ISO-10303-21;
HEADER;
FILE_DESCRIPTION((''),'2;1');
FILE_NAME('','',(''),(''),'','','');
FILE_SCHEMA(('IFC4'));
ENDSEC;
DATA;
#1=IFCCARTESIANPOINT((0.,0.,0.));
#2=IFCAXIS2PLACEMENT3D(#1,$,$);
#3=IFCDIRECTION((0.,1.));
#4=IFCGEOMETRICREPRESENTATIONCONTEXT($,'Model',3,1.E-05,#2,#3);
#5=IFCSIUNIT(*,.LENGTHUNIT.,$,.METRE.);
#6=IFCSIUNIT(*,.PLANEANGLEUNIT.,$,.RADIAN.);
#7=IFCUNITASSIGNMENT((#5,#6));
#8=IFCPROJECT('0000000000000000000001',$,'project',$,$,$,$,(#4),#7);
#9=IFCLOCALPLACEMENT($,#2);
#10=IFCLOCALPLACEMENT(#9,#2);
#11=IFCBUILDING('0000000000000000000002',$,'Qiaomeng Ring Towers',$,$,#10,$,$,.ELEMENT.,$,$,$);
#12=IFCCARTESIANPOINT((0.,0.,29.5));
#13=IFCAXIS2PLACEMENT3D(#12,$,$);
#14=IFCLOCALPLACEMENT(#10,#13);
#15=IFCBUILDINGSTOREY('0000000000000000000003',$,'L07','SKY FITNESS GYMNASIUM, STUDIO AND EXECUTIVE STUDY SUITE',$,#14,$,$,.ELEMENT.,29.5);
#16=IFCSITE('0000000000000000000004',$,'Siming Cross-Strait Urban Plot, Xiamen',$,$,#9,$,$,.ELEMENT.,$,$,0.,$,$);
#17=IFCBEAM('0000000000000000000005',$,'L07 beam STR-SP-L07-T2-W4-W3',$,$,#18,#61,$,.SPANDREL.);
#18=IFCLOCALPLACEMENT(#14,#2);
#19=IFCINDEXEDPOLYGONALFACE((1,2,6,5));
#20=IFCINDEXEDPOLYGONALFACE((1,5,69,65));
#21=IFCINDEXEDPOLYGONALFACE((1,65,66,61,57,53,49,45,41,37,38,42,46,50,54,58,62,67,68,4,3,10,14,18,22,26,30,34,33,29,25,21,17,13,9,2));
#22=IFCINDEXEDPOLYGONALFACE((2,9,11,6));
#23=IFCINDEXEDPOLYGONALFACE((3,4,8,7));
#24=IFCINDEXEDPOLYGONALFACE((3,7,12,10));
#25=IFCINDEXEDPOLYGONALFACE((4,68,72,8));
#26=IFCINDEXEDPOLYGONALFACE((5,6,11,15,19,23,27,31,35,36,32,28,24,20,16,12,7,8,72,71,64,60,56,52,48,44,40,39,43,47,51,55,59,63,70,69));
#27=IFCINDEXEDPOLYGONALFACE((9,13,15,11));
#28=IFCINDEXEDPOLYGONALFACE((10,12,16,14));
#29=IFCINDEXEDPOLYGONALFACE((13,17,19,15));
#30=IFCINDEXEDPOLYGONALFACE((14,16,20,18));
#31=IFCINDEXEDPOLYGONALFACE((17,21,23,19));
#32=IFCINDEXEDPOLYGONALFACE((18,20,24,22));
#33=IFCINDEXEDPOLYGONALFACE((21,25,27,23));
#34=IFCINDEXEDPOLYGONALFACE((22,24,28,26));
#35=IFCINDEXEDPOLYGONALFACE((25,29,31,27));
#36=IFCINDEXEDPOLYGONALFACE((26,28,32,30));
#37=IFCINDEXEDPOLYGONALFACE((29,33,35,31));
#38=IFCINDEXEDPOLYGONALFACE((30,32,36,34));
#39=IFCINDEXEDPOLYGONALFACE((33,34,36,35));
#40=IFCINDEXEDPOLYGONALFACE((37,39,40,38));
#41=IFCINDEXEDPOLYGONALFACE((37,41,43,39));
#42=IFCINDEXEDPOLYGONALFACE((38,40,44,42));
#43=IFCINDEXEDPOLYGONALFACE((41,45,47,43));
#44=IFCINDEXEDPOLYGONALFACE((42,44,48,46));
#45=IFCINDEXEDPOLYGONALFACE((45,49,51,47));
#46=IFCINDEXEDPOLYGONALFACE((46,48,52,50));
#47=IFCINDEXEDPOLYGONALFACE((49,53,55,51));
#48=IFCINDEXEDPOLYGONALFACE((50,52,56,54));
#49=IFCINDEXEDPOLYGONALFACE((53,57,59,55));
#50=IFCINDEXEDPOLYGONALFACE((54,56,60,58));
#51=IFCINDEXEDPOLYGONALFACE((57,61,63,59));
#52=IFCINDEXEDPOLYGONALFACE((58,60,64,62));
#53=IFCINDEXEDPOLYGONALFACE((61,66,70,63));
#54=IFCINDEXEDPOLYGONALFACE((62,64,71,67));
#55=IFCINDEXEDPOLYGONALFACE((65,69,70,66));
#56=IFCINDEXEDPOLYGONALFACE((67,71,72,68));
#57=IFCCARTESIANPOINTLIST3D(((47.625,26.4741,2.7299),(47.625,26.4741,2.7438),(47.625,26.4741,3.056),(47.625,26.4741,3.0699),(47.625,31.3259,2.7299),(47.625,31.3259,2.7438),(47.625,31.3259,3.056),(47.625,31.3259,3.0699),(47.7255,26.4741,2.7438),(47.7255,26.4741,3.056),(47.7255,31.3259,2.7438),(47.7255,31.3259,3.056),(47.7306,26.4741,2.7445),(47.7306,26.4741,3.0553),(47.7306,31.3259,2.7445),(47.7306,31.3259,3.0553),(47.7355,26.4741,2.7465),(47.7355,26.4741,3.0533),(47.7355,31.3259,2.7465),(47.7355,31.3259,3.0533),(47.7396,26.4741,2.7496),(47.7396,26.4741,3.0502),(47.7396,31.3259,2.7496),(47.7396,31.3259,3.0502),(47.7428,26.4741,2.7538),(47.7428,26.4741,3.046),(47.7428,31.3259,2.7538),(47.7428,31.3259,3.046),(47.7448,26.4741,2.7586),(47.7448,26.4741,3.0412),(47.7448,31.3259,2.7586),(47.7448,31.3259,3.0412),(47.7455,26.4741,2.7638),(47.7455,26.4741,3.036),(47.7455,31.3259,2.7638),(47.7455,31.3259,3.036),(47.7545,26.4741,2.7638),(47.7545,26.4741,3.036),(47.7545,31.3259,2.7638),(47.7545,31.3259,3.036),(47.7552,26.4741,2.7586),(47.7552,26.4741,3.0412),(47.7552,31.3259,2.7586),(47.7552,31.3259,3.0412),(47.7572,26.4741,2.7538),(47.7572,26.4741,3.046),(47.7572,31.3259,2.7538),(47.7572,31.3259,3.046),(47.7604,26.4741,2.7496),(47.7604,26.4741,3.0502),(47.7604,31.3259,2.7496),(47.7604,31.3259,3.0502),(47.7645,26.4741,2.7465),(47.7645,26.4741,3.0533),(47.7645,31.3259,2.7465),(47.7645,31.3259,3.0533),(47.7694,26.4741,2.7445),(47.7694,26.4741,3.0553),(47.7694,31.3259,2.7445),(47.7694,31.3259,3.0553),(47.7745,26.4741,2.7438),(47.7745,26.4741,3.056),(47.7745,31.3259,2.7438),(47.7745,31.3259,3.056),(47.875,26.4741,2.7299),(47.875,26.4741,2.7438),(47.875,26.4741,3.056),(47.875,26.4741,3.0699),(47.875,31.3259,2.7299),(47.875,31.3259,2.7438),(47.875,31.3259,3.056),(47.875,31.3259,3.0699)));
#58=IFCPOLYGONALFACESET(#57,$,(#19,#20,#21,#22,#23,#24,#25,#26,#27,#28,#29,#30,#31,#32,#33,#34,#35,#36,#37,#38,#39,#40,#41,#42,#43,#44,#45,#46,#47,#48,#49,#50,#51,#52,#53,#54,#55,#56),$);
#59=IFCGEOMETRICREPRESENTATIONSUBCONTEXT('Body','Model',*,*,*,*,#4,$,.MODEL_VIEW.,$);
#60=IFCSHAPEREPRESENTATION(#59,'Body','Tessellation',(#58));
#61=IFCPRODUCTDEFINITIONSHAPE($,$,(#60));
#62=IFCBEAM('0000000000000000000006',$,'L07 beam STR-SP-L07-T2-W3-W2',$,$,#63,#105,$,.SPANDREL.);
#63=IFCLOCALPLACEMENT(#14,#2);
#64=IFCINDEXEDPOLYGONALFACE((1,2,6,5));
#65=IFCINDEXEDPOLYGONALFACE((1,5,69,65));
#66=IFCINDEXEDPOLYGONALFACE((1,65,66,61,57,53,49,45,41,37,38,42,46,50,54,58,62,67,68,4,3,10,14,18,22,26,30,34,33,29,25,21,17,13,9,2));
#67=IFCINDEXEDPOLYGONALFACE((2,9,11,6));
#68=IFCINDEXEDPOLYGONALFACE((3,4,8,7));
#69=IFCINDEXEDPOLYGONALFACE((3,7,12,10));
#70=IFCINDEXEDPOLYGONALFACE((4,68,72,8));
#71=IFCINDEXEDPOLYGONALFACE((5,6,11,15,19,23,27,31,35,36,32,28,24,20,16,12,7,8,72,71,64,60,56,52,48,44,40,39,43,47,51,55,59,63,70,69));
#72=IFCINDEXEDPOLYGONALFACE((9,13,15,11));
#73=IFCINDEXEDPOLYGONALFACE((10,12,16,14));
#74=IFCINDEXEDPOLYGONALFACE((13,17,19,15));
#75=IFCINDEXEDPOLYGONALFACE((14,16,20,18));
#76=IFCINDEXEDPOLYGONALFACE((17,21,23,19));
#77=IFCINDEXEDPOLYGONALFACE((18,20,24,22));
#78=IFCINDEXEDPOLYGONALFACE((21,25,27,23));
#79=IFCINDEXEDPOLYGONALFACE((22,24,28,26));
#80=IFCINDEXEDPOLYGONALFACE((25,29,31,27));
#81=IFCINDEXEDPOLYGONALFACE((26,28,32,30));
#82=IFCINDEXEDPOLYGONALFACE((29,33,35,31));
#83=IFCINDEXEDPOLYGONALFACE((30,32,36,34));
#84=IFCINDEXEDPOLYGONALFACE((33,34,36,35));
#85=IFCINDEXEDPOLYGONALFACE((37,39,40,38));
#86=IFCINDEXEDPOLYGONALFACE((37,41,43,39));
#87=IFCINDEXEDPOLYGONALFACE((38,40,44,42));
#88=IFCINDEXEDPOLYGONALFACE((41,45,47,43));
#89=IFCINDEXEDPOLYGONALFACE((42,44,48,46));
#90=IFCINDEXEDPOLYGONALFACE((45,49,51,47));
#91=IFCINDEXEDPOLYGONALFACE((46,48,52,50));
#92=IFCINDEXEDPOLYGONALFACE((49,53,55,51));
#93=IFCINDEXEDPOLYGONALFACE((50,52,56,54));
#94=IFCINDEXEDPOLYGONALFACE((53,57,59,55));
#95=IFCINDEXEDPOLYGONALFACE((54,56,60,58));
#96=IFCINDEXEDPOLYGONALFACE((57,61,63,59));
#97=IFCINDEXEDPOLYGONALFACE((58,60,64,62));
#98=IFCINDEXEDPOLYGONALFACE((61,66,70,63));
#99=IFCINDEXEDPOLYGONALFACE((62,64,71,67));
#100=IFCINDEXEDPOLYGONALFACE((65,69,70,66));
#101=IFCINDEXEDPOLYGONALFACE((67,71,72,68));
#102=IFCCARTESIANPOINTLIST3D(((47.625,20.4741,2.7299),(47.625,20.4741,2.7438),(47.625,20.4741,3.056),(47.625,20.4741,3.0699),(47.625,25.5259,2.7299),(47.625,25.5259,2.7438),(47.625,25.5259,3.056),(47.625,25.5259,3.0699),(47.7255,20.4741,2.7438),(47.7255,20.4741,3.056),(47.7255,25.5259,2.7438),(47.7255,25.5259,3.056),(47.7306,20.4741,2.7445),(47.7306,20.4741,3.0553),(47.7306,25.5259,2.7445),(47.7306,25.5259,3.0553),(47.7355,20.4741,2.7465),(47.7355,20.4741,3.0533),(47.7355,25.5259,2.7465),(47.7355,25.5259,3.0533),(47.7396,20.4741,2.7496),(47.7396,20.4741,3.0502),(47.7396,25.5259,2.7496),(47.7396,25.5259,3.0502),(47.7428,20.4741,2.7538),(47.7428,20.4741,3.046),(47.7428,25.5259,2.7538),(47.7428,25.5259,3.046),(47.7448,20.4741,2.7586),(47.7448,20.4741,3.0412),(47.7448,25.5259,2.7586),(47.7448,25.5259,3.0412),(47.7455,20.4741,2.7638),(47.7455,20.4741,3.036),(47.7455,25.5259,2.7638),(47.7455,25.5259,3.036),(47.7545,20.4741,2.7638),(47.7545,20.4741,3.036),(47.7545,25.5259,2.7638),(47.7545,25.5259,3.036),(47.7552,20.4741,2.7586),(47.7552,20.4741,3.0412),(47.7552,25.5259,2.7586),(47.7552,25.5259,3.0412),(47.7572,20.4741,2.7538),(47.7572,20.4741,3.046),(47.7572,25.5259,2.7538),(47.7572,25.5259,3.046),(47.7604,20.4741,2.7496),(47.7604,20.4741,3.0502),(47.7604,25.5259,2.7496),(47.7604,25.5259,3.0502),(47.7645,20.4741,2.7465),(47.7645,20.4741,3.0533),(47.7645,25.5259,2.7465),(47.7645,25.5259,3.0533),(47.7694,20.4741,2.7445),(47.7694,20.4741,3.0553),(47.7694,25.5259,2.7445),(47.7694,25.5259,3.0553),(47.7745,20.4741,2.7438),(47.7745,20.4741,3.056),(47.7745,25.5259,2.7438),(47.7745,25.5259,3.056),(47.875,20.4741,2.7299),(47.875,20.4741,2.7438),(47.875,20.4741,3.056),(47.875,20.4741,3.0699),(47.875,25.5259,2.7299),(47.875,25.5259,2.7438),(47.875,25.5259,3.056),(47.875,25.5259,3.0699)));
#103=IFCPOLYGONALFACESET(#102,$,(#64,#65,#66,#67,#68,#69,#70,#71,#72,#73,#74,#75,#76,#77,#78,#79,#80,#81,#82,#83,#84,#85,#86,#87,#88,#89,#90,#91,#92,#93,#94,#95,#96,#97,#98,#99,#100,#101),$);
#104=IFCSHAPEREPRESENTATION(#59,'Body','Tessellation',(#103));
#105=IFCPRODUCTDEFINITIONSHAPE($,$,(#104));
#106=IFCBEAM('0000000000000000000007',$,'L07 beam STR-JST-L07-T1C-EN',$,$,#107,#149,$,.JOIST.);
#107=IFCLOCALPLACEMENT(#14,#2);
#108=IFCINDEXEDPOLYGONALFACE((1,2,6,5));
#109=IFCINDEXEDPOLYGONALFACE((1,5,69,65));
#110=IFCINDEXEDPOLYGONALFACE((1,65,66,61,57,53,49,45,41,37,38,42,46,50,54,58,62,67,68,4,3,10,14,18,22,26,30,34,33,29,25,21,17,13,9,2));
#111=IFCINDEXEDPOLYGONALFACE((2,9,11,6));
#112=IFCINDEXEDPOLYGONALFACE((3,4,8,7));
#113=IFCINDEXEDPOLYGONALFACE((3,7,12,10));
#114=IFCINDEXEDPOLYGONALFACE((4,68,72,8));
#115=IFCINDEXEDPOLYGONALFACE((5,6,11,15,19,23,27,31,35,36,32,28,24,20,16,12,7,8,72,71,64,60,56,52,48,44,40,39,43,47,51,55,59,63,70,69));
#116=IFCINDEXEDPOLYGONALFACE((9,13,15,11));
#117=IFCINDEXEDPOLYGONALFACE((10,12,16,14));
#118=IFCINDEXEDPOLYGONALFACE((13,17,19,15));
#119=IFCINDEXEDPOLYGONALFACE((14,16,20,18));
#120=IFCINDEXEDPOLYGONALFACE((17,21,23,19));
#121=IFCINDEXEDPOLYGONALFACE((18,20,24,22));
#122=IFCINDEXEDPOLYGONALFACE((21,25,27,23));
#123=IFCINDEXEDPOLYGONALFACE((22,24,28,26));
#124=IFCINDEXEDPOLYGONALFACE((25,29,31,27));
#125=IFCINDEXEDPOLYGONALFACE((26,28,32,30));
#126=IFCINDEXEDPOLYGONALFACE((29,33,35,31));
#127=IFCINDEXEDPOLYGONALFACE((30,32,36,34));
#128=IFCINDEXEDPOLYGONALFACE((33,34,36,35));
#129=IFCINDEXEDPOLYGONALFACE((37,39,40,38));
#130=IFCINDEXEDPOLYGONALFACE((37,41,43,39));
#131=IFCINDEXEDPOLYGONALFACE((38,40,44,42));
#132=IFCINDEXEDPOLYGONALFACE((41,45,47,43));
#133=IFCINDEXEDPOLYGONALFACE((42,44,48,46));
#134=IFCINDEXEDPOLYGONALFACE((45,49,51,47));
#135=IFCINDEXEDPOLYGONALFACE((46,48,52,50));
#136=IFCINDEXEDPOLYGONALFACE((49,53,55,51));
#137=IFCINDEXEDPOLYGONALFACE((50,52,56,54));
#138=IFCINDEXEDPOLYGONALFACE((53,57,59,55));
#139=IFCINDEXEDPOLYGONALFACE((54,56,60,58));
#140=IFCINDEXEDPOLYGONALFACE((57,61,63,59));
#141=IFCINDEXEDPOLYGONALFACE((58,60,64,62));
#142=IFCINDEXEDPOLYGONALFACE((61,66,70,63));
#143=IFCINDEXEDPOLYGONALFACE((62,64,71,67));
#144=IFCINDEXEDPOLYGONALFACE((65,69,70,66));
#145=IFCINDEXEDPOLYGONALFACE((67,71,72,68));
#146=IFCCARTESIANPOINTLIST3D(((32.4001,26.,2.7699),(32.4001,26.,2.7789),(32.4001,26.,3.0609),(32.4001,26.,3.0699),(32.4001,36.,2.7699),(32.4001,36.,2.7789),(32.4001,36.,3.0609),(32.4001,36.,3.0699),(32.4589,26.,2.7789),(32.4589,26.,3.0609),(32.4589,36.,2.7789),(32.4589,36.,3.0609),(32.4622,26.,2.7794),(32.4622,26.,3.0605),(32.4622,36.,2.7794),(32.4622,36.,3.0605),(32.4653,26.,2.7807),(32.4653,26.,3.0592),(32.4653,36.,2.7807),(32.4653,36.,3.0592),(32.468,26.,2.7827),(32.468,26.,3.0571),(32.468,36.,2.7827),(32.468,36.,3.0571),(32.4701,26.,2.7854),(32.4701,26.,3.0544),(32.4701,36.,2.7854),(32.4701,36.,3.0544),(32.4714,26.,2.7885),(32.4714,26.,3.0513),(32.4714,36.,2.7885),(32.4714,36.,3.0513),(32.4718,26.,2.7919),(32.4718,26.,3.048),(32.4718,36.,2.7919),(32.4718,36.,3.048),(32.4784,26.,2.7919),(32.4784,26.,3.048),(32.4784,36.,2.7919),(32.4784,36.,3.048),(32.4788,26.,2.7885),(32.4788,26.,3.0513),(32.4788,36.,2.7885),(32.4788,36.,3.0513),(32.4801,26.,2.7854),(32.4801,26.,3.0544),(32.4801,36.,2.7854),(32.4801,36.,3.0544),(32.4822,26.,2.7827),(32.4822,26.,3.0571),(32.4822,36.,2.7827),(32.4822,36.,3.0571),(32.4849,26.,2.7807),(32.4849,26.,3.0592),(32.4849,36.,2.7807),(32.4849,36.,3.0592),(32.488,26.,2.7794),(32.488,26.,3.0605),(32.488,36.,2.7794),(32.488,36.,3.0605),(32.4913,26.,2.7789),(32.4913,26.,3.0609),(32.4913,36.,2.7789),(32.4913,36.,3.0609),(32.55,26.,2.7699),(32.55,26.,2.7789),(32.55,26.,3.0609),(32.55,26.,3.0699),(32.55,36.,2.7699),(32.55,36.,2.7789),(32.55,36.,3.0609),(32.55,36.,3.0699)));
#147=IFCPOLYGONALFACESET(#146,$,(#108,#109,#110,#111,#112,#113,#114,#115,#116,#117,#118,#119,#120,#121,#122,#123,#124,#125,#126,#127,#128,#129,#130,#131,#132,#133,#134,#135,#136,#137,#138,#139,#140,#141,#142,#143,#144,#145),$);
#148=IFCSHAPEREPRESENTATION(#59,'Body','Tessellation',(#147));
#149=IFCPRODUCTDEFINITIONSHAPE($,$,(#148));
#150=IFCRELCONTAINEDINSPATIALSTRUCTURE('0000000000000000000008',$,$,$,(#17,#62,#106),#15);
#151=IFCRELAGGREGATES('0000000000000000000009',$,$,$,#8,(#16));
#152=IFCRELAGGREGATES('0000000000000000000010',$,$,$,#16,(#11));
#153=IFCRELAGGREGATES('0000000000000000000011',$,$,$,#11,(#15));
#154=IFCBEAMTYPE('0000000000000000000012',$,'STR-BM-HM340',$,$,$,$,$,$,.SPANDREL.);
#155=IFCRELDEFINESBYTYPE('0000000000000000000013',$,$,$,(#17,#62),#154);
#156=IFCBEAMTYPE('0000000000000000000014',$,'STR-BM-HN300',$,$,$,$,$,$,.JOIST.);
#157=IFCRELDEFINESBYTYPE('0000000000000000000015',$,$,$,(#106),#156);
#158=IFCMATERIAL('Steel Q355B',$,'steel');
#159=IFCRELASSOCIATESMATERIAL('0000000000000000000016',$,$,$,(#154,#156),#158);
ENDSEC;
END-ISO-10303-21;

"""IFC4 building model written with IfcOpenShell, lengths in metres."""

from ifc_helpers import new_model, si_unit, direction, frame, origin, origin_2d, place, context, subcontext, project, spatial, i_section, extrude, source, transform, mapped, material, material_profile, profile_set, type_object, element, save


model = new_model("IFC4")

# Units and contexts
model_context = context("Model", 3, precision=1e-05, world=origin(), true_north=direction((0.0, 1.0)))
body_context = subcontext(model_context, "Body", "Model", "MODEL_VIEW")
ifc_project = project(units=[si_unit("LENGTHUNIT", "METRE"), si_unit("PLANEANGLEUNIT", "RADIAN")], contexts=[model_context])

# Site, building, storey
site_placement = place(None, origin())
site = spatial("IfcSite", under=ifc_project, at=site_placement, Name="Siming Cross-Strait Urban Plot, Xiamen", CompositionType="ELEMENT", RefElevation=0.0)
building_placement = place(site_placement, origin())
building = spatial("IfcBuilding", under=site, at=building_placement, Name="Qiaomeng Ring Towers", CompositionType="ELEMENT")
storey_placement = place(building_placement, frame((0.0, 0.0, 29.5)))
storey = spatial("IfcBuildingStorey", under=building, at=storey_placement, Name="L07", Description="SKY FITNESS GYMNASIUM, STUDIO AND EXECUTIVE STUDY SUITE", CompositionType="ELEMENT", Elevation=29.5)

# Beams
ifc_material_1 = material(Name="Steel Q355B", Category="steel")
ifc_material_profile_1 = material_profile(ifc_material_1, i_section(OverallWidth=0.25, OverallDepth=0.3401, WebThickness=0.009, FlangeThickness=0.0139, FilletRadius=0.02, at=origin_2d()), Name="HM 340x250x9x14")
ifc_profile_set_1 = profile_set([ifc_material_profile_1], Name="Steel Q355B")
beam_type_1 = type_object("IfcBeamType", Name="STR-BM-HM340", PredefinedType="SPANDREL", material=ifc_profile_set_1)
shared_shape_1 = source(origin(), body_context, "Body", "SweptSolid", [
    extrude(i_section(OverallWidth=0.25, OverallDepth=0.3401, WebThickness=0.009, FlangeThickness=0.0139, FilletRadius=0.02, at=origin_2d()), origin(), (0.0, 0.0, 1.0), 4.8518),
])
beam_1_placement = place(storey_placement, frame((47.75, 31.3259, 2.8999), z_axis=(0.0, -1.0, 0.0), x_axis=(1.0, 0.0, 0.0)))
element("IfcBeam", 1, at=beam_1_placement, inside=storey, type_object=beam_type_1, Name="L07 beam STR-SP-L07-T2-W4-W3", PredefinedType="SPANDREL", context=body_context, shape_type="MappedRepresentation", body=[
    mapped(shared_shape_1, transform((0.0, 0.0, 0.0), x_axis=(1.0, 0.0, 0.0), y_axis=(0.0, 1.0, 0.0), z_axis=(0.0, 0.0, 1.0), scale=1.0)),
])
shared_shape_2 = source(origin(), body_context, "Body", "SweptSolid", [
    extrude(i_section(OverallWidth=0.25, OverallDepth=0.3401, WebThickness=0.009, FlangeThickness=0.0139, FilletRadius=0.02, at=origin_2d()), origin(), (0.0, 0.0, 1.0), 5.0518),
])
beam_2_placement = place(storey_placement, frame((47.75, 25.5259, 2.8999), z_axis=(0.0, -1.0, 0.0), x_axis=(1.0, 0.0, 0.0)))
element("IfcBeam", 2, at=beam_2_placement, inside=storey, type_object=beam_type_1, Name="L07 beam STR-SP-L07-T2-W3-W2", PredefinedType="SPANDREL", context=body_context, shape_type="MappedRepresentation", body=[
    mapped(shared_shape_2, transform((0.0, 0.0, 0.0), x_axis=(1.0, 0.0, 0.0), y_axis=(0.0, 1.0, 0.0), z_axis=(0.0, 0.0, 1.0), scale=1.0)),
])
ifc_material_profile_2 = material_profile(ifc_material_1, i_section(OverallWidth=0.1499, OverallDepth=0.3, WebThickness=0.0066, FlangeThickness=0.009, FilletRadius=0.0129, at=origin_2d()), Name="HN 300x150x6.5x9")
ifc_profile_set_2 = profile_set([ifc_material_profile_2], Name="Steel Q355B")
beam_type_2 = type_object("IfcBeamType", Name="STR-BM-HN300", PredefinedType="JOIST", material=ifc_profile_set_2)
shared_shape_3 = source(origin(), body_context, "Body", "SweptSolid", [
    extrude(i_section(OverallWidth=0.1499, OverallDepth=0.3, WebThickness=0.0066, FlangeThickness=0.009, FilletRadius=0.0129, at=origin_2d()), origin(), (0.0, 0.0, 1.0), 10.0),
])
beam_3_placement = place(storey_placement, frame((32.4751, 26.0, 2.9199), z_axis=(0.0, 1.0, 0.0), x_axis=(-1.0, 0.0, 0.0)))
element("IfcBeam", 3, at=beam_3_placement, inside=storey, type_object=beam_type_2, Name="L07 beam STR-JST-L07-T1C-EN", PredefinedType="JOIST", context=body_context, shape_type="MappedRepresentation", body=[
    mapped(shared_shape_3, transform((0.0, 0.0, 0.0), x_axis=(1.0, 0.0, 0.0), y_axis=(0.0, 1.0, 0.0), z_axis=(0.0, 0.0, 1.0), scale=1.0)),
])

save(model, "model.ifc")
